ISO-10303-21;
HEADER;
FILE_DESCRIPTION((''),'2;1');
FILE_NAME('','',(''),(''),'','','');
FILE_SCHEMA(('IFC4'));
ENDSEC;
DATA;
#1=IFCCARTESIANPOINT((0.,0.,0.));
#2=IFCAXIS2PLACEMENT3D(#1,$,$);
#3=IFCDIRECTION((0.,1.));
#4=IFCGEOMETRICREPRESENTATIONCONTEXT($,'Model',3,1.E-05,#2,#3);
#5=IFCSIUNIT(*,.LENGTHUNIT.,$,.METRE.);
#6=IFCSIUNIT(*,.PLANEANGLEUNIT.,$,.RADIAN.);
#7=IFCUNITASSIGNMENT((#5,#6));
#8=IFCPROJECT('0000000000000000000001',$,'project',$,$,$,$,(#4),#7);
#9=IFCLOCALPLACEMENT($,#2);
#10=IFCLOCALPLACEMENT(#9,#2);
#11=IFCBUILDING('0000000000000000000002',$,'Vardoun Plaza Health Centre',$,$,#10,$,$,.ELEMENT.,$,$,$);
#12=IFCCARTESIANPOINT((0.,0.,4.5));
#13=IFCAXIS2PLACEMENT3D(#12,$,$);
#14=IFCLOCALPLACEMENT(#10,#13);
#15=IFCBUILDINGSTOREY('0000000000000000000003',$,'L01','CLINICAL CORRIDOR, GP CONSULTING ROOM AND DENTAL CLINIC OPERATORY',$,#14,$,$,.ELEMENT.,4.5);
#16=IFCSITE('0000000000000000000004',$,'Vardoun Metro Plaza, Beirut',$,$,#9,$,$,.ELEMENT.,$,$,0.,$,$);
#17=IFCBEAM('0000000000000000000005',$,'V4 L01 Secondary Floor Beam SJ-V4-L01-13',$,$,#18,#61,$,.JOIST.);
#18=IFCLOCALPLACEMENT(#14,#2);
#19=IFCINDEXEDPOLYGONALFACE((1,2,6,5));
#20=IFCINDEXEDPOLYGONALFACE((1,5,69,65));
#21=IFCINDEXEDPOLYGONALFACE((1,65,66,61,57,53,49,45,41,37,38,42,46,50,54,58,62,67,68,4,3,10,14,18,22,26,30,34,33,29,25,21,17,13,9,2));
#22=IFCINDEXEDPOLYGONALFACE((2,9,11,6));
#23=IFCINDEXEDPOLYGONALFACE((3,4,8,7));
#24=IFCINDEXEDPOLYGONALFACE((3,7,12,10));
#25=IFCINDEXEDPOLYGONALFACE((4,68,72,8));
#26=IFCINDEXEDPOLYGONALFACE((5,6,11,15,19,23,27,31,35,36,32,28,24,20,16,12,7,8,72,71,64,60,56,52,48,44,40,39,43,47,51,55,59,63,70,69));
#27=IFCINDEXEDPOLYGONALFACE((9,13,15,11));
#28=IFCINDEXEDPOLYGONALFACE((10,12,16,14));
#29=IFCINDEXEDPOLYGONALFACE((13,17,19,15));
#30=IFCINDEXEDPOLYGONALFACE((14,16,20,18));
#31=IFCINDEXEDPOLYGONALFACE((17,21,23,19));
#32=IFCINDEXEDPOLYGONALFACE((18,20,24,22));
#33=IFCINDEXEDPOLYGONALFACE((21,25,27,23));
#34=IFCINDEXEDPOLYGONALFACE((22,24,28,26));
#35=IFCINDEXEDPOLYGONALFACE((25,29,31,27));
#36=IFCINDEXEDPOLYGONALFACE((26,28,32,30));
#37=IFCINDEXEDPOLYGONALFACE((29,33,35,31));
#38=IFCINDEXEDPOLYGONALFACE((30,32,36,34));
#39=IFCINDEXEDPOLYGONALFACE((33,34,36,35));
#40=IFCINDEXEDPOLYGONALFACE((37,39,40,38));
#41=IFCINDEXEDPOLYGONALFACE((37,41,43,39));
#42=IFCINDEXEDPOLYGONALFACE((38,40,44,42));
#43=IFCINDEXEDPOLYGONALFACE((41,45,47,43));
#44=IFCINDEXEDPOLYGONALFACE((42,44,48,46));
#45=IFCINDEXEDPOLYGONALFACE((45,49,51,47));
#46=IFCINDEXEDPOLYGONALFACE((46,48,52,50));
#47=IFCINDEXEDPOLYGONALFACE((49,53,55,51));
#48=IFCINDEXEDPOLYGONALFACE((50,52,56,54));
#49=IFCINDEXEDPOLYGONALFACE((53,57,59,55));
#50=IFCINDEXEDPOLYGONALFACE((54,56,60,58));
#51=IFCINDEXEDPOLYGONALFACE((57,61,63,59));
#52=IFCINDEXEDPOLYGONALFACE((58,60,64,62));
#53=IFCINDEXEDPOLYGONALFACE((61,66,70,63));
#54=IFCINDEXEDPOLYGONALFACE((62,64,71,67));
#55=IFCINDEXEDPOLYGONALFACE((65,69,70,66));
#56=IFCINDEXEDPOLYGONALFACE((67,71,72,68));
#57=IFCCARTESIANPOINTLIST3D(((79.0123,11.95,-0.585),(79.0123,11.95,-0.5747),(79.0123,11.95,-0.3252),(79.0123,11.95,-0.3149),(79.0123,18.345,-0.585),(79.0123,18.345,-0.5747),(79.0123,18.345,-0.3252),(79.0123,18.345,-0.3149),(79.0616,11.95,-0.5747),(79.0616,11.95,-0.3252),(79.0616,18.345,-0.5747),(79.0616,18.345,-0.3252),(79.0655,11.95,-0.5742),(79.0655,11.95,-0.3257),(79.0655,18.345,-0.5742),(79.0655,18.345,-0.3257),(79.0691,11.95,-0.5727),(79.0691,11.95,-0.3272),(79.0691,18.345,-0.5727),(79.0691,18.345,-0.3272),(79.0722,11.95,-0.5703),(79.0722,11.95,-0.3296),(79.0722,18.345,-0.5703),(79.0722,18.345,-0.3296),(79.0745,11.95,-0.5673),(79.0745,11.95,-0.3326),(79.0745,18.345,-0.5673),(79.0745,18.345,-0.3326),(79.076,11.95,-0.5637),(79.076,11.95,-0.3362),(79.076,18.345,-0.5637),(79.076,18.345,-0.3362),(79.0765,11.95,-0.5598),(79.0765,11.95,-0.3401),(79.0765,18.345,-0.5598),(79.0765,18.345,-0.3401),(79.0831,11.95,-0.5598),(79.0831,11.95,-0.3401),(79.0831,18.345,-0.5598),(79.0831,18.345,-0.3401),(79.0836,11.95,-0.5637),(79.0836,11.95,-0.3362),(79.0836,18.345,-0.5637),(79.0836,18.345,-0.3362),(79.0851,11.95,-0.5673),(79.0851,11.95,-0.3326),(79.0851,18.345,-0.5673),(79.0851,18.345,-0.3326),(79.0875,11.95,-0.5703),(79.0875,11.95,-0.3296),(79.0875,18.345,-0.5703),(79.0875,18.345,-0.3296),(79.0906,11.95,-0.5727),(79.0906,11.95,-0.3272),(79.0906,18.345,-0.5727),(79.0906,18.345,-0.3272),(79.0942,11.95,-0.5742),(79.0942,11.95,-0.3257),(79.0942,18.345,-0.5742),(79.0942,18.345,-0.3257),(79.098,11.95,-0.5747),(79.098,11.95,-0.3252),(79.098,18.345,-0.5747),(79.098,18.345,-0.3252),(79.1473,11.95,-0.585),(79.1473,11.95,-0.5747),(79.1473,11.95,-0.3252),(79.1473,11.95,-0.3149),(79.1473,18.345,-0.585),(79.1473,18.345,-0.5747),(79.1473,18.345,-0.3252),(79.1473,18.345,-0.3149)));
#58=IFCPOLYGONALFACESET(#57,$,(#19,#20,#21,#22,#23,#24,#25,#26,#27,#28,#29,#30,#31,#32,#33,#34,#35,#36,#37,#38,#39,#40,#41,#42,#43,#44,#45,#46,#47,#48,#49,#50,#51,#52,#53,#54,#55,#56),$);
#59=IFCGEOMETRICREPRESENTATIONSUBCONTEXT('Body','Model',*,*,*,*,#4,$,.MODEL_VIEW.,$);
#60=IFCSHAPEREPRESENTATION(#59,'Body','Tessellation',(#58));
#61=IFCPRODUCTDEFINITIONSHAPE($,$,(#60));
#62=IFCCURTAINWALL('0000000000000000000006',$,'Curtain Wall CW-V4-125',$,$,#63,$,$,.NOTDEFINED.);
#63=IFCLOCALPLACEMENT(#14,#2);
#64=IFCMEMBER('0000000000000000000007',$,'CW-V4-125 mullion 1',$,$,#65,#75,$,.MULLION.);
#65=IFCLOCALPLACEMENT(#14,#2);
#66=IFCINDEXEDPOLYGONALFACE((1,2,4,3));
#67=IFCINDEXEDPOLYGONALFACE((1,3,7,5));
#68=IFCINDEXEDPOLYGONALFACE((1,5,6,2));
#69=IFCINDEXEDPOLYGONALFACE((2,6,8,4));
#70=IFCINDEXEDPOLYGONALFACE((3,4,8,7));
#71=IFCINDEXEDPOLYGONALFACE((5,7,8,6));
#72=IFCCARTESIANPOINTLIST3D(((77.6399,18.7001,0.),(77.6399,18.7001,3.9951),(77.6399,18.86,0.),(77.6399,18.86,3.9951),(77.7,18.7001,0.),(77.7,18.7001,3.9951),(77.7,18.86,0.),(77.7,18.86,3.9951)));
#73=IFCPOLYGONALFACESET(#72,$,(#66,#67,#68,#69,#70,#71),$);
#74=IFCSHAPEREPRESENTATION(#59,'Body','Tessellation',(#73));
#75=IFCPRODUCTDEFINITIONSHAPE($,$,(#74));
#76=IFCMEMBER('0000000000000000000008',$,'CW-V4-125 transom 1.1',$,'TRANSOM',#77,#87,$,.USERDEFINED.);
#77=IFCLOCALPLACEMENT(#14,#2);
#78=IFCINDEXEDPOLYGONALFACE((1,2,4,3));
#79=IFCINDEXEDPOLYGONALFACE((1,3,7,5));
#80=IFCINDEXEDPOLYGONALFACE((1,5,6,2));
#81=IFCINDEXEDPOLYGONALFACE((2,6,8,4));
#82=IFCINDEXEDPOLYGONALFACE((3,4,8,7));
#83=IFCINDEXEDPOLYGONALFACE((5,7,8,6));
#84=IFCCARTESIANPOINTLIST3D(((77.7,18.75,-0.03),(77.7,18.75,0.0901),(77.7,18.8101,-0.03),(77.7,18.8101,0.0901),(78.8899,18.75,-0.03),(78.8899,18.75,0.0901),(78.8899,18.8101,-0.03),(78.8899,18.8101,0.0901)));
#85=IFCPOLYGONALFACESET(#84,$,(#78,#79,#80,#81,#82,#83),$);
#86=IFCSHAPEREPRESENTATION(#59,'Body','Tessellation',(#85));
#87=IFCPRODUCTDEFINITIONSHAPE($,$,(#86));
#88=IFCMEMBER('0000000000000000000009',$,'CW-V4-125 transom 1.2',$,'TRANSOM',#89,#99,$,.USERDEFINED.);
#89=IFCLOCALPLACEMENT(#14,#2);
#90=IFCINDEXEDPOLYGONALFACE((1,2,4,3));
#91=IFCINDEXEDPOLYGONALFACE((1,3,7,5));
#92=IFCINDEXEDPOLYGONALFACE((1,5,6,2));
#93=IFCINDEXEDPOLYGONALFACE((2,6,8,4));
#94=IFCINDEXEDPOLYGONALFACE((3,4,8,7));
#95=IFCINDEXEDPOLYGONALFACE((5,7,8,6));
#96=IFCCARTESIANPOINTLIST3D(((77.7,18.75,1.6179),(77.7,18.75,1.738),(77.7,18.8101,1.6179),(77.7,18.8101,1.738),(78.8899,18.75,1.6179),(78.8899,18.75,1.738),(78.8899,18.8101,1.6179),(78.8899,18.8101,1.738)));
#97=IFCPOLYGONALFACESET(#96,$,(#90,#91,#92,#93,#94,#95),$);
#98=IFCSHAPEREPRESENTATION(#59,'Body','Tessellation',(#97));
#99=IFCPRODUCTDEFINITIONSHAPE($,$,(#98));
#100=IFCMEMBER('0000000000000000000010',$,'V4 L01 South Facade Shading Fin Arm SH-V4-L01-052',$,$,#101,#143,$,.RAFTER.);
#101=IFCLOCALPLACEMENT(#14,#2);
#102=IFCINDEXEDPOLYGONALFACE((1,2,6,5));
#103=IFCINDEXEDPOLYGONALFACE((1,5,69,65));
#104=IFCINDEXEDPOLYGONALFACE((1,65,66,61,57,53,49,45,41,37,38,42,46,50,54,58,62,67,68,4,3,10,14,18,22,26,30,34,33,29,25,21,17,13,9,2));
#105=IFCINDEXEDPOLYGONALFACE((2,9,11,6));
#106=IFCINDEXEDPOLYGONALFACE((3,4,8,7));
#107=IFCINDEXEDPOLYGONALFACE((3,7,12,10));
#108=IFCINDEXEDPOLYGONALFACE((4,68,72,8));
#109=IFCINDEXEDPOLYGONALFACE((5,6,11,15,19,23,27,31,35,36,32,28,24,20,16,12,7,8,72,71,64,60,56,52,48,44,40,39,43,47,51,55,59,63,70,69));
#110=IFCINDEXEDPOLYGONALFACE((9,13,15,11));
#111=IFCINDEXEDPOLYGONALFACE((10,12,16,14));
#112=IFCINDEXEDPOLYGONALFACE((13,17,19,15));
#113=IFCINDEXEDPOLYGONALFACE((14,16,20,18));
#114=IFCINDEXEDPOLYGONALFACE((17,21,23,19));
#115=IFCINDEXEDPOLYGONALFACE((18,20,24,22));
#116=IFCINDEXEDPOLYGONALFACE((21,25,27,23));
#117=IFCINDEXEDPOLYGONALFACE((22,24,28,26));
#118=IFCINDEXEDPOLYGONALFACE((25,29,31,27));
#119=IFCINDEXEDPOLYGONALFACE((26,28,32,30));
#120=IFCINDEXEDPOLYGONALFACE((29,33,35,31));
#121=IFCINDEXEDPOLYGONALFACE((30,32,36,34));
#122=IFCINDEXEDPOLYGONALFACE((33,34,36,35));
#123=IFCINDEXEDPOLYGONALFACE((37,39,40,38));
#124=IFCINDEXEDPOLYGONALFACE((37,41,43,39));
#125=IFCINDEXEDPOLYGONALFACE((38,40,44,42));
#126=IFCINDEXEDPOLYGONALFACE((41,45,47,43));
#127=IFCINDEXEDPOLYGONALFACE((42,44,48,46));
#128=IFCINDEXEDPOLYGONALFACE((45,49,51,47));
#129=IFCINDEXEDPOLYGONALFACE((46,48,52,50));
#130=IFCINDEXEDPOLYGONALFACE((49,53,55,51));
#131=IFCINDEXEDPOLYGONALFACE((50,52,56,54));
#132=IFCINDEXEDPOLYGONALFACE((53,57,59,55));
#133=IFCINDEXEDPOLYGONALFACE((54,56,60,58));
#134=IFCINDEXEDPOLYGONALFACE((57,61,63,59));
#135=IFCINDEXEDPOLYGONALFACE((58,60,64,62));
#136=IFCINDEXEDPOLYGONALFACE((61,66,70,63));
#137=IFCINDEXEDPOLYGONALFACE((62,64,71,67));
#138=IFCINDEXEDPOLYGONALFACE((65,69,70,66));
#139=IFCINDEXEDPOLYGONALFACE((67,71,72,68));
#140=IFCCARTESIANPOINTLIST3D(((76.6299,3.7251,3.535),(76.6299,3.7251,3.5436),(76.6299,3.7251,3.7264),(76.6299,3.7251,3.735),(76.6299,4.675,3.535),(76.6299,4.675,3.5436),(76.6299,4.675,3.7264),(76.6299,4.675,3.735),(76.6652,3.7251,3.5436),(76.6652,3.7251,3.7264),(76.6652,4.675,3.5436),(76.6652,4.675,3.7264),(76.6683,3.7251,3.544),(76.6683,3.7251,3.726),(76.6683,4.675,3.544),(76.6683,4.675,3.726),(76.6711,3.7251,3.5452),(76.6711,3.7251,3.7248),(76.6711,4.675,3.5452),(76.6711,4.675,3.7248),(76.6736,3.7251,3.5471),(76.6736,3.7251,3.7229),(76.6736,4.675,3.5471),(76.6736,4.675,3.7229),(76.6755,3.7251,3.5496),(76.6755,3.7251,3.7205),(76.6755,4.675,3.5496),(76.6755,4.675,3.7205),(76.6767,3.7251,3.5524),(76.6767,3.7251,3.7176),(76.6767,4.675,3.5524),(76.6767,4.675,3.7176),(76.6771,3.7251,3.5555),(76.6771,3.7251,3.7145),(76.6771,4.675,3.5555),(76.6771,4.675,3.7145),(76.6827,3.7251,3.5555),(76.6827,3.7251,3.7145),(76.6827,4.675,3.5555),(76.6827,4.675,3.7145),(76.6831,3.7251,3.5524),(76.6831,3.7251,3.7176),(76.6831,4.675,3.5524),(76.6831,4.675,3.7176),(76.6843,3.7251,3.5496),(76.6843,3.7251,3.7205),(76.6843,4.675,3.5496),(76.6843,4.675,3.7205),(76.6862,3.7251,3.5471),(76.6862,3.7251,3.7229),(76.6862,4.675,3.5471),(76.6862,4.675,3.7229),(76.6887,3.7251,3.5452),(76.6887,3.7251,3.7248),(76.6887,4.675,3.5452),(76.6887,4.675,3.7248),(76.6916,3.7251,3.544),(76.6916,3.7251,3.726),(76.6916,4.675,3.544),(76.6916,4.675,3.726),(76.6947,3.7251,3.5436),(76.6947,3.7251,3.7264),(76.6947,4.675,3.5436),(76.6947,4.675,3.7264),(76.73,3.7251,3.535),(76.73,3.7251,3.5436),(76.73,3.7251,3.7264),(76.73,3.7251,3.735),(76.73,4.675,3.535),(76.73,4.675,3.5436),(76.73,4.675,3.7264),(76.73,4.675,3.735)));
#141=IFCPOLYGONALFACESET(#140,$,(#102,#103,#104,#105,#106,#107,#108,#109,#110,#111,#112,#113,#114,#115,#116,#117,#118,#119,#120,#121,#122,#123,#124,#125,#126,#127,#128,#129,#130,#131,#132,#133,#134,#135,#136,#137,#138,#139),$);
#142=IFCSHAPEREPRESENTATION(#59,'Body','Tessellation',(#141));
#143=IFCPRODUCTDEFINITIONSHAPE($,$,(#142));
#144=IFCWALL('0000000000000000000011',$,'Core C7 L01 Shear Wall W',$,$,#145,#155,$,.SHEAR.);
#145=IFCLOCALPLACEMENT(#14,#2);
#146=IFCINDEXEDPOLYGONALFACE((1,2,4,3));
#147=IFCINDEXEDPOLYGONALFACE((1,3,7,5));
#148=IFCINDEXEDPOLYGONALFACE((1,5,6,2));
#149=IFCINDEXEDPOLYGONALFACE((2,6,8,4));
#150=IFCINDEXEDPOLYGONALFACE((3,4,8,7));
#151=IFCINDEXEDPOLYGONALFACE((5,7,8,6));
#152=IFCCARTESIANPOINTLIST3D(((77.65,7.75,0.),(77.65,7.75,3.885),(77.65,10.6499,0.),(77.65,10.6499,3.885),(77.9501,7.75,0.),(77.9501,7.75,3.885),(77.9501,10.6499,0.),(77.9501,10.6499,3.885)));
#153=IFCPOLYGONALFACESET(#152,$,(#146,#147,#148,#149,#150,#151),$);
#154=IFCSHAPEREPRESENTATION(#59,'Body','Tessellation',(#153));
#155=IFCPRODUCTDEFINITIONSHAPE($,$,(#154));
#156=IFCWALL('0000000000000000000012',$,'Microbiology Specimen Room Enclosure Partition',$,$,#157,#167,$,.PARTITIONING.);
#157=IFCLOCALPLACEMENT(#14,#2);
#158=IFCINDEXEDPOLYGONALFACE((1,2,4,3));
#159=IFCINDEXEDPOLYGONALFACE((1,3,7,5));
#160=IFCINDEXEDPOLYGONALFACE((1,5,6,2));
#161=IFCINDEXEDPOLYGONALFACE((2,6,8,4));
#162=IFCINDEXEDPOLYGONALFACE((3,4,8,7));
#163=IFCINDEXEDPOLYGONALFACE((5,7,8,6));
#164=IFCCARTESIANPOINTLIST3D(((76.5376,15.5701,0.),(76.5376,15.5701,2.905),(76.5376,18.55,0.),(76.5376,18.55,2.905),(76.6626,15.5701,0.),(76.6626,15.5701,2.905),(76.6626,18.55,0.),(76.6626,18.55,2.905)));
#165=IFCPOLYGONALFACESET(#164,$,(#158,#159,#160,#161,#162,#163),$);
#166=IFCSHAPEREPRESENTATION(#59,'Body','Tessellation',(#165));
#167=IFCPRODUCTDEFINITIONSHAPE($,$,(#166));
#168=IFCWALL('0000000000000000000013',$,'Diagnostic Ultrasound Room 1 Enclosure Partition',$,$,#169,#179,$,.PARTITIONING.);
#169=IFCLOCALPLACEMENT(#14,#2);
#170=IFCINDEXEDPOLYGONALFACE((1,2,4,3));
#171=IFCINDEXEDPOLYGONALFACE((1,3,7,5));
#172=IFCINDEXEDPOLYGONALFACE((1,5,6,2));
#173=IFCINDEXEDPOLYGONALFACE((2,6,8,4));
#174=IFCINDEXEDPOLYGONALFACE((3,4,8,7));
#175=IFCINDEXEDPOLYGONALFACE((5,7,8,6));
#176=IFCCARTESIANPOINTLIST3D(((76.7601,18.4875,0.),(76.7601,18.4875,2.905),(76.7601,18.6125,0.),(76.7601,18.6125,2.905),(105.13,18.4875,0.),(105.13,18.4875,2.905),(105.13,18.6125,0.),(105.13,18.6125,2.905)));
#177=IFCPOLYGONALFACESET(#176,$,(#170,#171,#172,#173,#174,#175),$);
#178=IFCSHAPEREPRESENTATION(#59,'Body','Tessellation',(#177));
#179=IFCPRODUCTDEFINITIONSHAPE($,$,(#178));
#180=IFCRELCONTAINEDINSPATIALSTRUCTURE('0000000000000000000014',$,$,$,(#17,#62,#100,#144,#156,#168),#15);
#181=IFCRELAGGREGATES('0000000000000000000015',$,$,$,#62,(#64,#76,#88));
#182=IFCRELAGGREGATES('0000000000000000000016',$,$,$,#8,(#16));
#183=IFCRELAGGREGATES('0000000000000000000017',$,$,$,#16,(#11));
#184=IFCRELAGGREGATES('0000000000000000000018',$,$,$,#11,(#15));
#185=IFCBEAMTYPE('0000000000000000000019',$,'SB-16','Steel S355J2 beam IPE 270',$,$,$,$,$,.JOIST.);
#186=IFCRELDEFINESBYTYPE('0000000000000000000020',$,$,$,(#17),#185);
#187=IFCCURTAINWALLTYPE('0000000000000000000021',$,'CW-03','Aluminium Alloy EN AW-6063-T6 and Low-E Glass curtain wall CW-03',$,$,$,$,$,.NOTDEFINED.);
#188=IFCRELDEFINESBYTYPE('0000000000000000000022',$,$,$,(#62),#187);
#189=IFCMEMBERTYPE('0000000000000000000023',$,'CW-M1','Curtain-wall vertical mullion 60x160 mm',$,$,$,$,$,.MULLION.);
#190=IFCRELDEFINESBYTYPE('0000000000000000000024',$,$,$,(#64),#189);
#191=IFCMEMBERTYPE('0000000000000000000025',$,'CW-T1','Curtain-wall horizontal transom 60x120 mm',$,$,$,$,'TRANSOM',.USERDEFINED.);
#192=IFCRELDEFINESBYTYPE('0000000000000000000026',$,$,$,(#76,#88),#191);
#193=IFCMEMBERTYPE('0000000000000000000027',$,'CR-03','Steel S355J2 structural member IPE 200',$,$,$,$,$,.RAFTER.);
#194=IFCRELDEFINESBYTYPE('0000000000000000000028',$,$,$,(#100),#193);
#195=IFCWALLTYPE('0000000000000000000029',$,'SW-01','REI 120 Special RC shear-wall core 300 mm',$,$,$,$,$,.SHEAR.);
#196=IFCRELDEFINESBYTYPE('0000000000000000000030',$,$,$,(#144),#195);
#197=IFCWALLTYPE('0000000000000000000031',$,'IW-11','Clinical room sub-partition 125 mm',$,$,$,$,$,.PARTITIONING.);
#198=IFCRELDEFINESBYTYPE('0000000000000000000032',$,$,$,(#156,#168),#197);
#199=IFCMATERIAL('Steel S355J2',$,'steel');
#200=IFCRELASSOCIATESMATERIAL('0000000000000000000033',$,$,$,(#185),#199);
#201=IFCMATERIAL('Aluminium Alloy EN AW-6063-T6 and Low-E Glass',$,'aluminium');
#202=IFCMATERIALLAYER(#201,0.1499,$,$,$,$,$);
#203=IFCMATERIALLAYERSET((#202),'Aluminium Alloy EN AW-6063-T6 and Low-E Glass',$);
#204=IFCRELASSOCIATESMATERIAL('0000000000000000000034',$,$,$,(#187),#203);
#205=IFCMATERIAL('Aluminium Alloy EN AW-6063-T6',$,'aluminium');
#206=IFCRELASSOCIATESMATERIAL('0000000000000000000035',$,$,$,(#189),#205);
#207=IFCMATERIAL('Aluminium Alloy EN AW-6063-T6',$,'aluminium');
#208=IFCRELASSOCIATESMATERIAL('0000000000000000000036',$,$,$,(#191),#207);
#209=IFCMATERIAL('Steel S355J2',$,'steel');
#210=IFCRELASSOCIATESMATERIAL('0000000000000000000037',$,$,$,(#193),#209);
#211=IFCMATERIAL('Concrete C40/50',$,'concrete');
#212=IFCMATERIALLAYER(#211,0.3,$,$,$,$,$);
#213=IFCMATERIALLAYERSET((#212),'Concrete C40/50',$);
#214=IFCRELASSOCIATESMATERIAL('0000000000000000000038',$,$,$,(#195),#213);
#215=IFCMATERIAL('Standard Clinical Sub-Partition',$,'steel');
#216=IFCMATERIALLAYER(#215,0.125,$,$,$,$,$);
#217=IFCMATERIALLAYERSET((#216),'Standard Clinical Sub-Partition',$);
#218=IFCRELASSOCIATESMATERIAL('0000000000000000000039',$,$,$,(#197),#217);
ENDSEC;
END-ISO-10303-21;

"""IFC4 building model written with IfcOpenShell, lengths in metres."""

from ifc_helpers import new_model, si_unit, direction, frame, frame_2d, origin, origin_2d, place, context, subcontext, project, spatial, rectangle, i_section, extrude, material, layer, layer_set, material_profile, profile_set, type_object, element, aggregate, save


model = new_model("IFC4")

# Units and contexts
model_context = context("Model", 3, precision=1e-05, world=origin(), true_north=direction((0.0, 1.0)))
body_context = subcontext(model_context, "Body", "Model", "MODEL_VIEW")
ifc_project = project(units=[si_unit("LENGTHUNIT", "METRE"), si_unit("PLANEANGLEUNIT", "RADIAN")], contexts=[model_context])

# Site, building, storey
site_placement = place(None, origin())
site = spatial("IfcSite", under=ifc_project, at=site_placement, Name="Vardoun Metro Plaza, Beirut", CompositionType="ELEMENT", RefElevation=0.0)
building_placement = place(site_placement, origin())
building = spatial("IfcBuilding", under=site, at=building_placement, Name="Vardoun Plaza Health Centre", CompositionType="ELEMENT")
storey_placement = place(building_placement, frame((0.0, 0.0, 4.5)))
storey = spatial("IfcBuildingStorey", under=building, at=storey_placement, Name="L01", Description="CLINICAL CORRIDOR, GP CONSULTING ROOM AND DENTAL CLINIC OPERATORY", CompositionType="ELEMENT", Elevation=4.5)

# Beam
ifc_material_1 = material(Name="Steel S355J2", Category="steel")
ifc_material_profile_1 = material_profile(ifc_material_1, i_section(OverallWidth=0.135, OverallDepth=0.27, WebThickness=0.0066, FlangeThickness=0.0103, FilletRadius=0.0149, at=origin_2d()), Name="IPE 270")
ifc_profile_set_1 = profile_set([ifc_material_profile_1], Name="Steel S355J2")
beam_type_1 = type_object("IfcBeamType", Name="SB-16", Description="Steel S355J2 beam IPE 270", PredefinedType="JOIST", material=ifc_profile_set_1)
beam_1_placement = place(storey_placement, frame((79.0798, 11.95, -0.45), z_axis=(0.0, 1.0, 0.0), x_axis=(-1.0, 0.0, 0.0)))
element("IfcBeam", 1, at=beam_1_placement, inside=storey, type_object=beam_type_1, Name="V4 L01 Secondary Floor Beam SJ-V4-L01-13", PredefinedType="JOIST", context=body_context, shape_type="SweptSolid", body=[
    extrude(i_section(OverallWidth=0.135, OverallDepth=0.27, WebThickness=0.0066, FlangeThickness=0.0103, FilletRadius=0.0149, at=origin_2d()), origin(), (0.0, 0.0, 1.0), 6.395),
])

# Curtain wall, members
ifc_material_2 = material(Name="Aluminium Alloy EN AW-6063-T6 and Low-E Glass", Category="aluminium")
ifc_layer_1 = layer(ifc_material_2, 0.1499)
ifc_layer_set_1 = layer_set([ifc_layer_1], Name="Aluminium Alloy EN AW-6063-T6 and Low-E Glass")
curtain_wall_type = type_object("IfcCurtainWallType", Name="CW-03", Description="Aluminium Alloy EN AW-6063-T6 and Low-E Glass curtain wall CW-03", PredefinedType="NOTDEFINED", material=ifc_layer_set_1)
curtain_wall_placement = place(storey_placement, origin())
curtain_wall = element("IfcCurtainWall", 2, at=curtain_wall_placement, inside=storey, type_object=curtain_wall_type, Name="Curtain Wall CW-V4-125", PredefinedType="NOTDEFINED")
ifc_material_3 = material(Name="Aluminium Alloy EN AW-6063-T6", Category="aluminium")
ifc_material_profile_2 = material_profile(ifc_material_3, rectangle(XDim=0.1599, YDim=0.0601, at=origin_2d()), Name="CWM 60x160")
ifc_profile_set_2 = profile_set([ifc_material_profile_2], Name="Aluminium Alloy EN AW-6063-T6")
member_type_1 = type_object("IfcMemberType", Name="CW-M1", Description="Curtain-wall vertical mullion 60x160 mm", PredefinedType="MULLION", material=ifc_profile_set_2)
member_1_placement = place(storey_placement, frame((77.6699, 18.78, 0.0), z_axis=(0.0, 0.0, 1.0), x_axis=(0.0, 1.0, 0.0)))
member_1 = element("IfcMember", 3, at=member_1_placement, type_object=member_type_1, Name="CW-V4-125 mullion 1", PredefinedType="MULLION", context=body_context, shape_type="SweptSolid", body=[
    extrude(rectangle(XDim=0.1599, YDim=0.0601, at=origin_2d()), origin(), (0.0, 0.0, 1.0), 3.9951),
])
ifc_material_4 = material(Name="Aluminium Alloy EN AW-6063-T6", Category="aluminium")
ifc_material_profile_3 = material_profile(ifc_material_4, rectangle(XDim=0.0601, YDim=0.1201, at=origin_2d()), Name="CWT 60x120")
ifc_profile_set_3 = profile_set([ifc_material_profile_3], Name="Aluminium Alloy EN AW-6063-T6")
member_type_2 = type_object("IfcMemberType", Name="CW-T1", Description="Curtain-wall horizontal transom 60x120 mm", ElementType="TRANSOM", PredefinedType="USERDEFINED", material=ifc_profile_set_3)
member_2_placement = place(storey_placement, frame((77.7, 18.78, 0.03), z_axis=(1.0, 0.0, 0.0), x_axis=(0.0, 1.0, 0.0)))
member_2 = element("IfcMember", 4, at=member_2_placement, type_object=member_type_2, Name="CW-V4-125 transom 1.1", ObjectType="TRANSOM", PredefinedType="USERDEFINED", context=body_context, shape_type="SweptSolid", body=[
    extrude(rectangle(XDim=0.0601, YDim=0.1201, at=origin_2d()), origin(), (0.0, 0.0, 1.0), 1.1899),
])
member_3_placement = place(storey_placement, frame((77.7, 18.78, 1.678), z_axis=(1.0, 0.0, 0.0), x_axis=(0.0, 1.0, 0.0)))
member_3 = element("IfcMember", 5, at=member_3_placement, type_object=member_type_2, Name="CW-V4-125 transom 1.2", ObjectType="TRANSOM", PredefinedType="USERDEFINED", context=body_context, shape_type="SweptSolid", body=[
    extrude(rectangle(XDim=0.0601, YDim=0.1201, at=origin_2d()), origin(), (0.0, 0.0, 1.0), 1.1899),
])
aggregate(curtain_wall, [member_1, member_2, member_3])

# Member
ifc_material_5 = material(Name="Steel S355J2", Category="steel")
ifc_material_profile_4 = material_profile(ifc_material_5, i_section(OverallWidth=0.1001, OverallDepth=0.2, WebThickness=0.0056, FlangeThickness=0.0085, FilletRadius=0.012, at=origin_2d()), Name="IPE 200")
ifc_profile_set_4 = profile_set([ifc_material_profile_4], Name="Steel S355J2")
member_type_3 = type_object("IfcMemberType", Name="CR-03", Description="Steel S355J2 structural member IPE 200", PredefinedType="RAFTER", material=ifc_profile_set_4)
member_4_placement = place(storey_placement, frame((76.6799, 4.675, 3.635), z_axis=(0.0, -1.0, 0.0), x_axis=(1.0, 0.0, 0.0)))
element("IfcMember", 6, at=member_4_placement, inside=storey, type_object=member_type_3, Name="V4 L01 South Facade Shading Fin Arm SH-V4-L01-052", PredefinedType="RAFTER", context=body_context, shape_type="SweptSolid", body=[
    extrude(i_section(OverallWidth=0.1001, OverallDepth=0.2, WebThickness=0.0056, FlangeThickness=0.0085, FilletRadius=0.012, at=origin_2d()), origin(), (0.0, 0.0, 1.0), 0.95),
])

# Wall
ifc_material_6 = material(Name="Concrete C40/50", Category="concrete")
ifc_layer_2 = layer(ifc_material_6, 0.3)
ifc_layer_set_2 = layer_set([ifc_layer_2], Name="Concrete C40/50")
wall_type_1 = type_object("IfcWallType", Name="SW-01", Description="REI 120 Special RC shear-wall core 300 mm", PredefinedType="SHEAR", material=ifc_layer_set_2)
wall_1_placement = place(storey_placement, frame((77.8, 7.75, 0.0), z_axis=(0.0, 0.0, 1.0), x_axis=(0.0, 1.0, 0.0)))
element("IfcWall", 7, at=wall_1_placement, inside=storey, type_object=wall_type_1, Name="Core C7 L01 Shear Wall W", PredefinedType="SHEAR", context=body_context, shape_type="SweptSolid", body=[
    extrude(rectangle(XDim=2.8999, YDim=0.3, at=frame_2d((1.45, 0.0))), origin(), (0.0, 0.0, 1.0), 3.885),
])

# Walls
ifc_material_7 = material(Name="Standard Clinical Sub-Partition", Category="steel")
ifc_layer_3 = layer(ifc_material_7, 0.125)
ifc_layer_set_3 = layer_set([ifc_layer_3], Name="Standard Clinical Sub-Partition")
wall_type_2 = type_object("IfcWallType", Name="IW-11", Description="Clinical room sub-partition 125 mm", PredefinedType="PARTITIONING", material=ifc_layer_set_3)
wall_2_placement = place(storey_placement, frame((76.6001, 18.55, 0.0), z_axis=(0.0, 0.0, 1.0), x_axis=(0.0, -1.0, 0.0)))
element("IfcWall", 8, at=wall_2_placement, inside=storey, type_object=wall_type_2, Name="Microbiology Specimen Room Enclosure Partition", PredefinedType="PARTITIONING", context=body_context, shape_type="SweptSolid", body=[
    extrude(rectangle(XDim=2.98, YDim=0.125, at=frame_2d((1.49, 0.0))), origin(), (0.0, 0.0, 1.0), 2.905),
])
wall_3_placement = place(storey_placement, frame((76.76, 18.55, 0.0), z_axis=(0.0, 0.0, 1.0), x_axis=(1.0, 0.0, 0.0)))
element("IfcWall", 9, at=wall_3_placement, inside=storey, type_object=wall_type_2, Name="Diagnostic Ultrasound Room 1 Enclosure Partition", PredefinedType="PARTITIONING", context=body_context, shape_type="SweptSolid", body=[
    extrude(rectangle(XDim=28.3699, YDim=0.125, at=frame_2d((14.1851, 0.0))), origin(), (0.0, 0.0, 1.0), 2.905),
])

save(model, "model.ifc")
